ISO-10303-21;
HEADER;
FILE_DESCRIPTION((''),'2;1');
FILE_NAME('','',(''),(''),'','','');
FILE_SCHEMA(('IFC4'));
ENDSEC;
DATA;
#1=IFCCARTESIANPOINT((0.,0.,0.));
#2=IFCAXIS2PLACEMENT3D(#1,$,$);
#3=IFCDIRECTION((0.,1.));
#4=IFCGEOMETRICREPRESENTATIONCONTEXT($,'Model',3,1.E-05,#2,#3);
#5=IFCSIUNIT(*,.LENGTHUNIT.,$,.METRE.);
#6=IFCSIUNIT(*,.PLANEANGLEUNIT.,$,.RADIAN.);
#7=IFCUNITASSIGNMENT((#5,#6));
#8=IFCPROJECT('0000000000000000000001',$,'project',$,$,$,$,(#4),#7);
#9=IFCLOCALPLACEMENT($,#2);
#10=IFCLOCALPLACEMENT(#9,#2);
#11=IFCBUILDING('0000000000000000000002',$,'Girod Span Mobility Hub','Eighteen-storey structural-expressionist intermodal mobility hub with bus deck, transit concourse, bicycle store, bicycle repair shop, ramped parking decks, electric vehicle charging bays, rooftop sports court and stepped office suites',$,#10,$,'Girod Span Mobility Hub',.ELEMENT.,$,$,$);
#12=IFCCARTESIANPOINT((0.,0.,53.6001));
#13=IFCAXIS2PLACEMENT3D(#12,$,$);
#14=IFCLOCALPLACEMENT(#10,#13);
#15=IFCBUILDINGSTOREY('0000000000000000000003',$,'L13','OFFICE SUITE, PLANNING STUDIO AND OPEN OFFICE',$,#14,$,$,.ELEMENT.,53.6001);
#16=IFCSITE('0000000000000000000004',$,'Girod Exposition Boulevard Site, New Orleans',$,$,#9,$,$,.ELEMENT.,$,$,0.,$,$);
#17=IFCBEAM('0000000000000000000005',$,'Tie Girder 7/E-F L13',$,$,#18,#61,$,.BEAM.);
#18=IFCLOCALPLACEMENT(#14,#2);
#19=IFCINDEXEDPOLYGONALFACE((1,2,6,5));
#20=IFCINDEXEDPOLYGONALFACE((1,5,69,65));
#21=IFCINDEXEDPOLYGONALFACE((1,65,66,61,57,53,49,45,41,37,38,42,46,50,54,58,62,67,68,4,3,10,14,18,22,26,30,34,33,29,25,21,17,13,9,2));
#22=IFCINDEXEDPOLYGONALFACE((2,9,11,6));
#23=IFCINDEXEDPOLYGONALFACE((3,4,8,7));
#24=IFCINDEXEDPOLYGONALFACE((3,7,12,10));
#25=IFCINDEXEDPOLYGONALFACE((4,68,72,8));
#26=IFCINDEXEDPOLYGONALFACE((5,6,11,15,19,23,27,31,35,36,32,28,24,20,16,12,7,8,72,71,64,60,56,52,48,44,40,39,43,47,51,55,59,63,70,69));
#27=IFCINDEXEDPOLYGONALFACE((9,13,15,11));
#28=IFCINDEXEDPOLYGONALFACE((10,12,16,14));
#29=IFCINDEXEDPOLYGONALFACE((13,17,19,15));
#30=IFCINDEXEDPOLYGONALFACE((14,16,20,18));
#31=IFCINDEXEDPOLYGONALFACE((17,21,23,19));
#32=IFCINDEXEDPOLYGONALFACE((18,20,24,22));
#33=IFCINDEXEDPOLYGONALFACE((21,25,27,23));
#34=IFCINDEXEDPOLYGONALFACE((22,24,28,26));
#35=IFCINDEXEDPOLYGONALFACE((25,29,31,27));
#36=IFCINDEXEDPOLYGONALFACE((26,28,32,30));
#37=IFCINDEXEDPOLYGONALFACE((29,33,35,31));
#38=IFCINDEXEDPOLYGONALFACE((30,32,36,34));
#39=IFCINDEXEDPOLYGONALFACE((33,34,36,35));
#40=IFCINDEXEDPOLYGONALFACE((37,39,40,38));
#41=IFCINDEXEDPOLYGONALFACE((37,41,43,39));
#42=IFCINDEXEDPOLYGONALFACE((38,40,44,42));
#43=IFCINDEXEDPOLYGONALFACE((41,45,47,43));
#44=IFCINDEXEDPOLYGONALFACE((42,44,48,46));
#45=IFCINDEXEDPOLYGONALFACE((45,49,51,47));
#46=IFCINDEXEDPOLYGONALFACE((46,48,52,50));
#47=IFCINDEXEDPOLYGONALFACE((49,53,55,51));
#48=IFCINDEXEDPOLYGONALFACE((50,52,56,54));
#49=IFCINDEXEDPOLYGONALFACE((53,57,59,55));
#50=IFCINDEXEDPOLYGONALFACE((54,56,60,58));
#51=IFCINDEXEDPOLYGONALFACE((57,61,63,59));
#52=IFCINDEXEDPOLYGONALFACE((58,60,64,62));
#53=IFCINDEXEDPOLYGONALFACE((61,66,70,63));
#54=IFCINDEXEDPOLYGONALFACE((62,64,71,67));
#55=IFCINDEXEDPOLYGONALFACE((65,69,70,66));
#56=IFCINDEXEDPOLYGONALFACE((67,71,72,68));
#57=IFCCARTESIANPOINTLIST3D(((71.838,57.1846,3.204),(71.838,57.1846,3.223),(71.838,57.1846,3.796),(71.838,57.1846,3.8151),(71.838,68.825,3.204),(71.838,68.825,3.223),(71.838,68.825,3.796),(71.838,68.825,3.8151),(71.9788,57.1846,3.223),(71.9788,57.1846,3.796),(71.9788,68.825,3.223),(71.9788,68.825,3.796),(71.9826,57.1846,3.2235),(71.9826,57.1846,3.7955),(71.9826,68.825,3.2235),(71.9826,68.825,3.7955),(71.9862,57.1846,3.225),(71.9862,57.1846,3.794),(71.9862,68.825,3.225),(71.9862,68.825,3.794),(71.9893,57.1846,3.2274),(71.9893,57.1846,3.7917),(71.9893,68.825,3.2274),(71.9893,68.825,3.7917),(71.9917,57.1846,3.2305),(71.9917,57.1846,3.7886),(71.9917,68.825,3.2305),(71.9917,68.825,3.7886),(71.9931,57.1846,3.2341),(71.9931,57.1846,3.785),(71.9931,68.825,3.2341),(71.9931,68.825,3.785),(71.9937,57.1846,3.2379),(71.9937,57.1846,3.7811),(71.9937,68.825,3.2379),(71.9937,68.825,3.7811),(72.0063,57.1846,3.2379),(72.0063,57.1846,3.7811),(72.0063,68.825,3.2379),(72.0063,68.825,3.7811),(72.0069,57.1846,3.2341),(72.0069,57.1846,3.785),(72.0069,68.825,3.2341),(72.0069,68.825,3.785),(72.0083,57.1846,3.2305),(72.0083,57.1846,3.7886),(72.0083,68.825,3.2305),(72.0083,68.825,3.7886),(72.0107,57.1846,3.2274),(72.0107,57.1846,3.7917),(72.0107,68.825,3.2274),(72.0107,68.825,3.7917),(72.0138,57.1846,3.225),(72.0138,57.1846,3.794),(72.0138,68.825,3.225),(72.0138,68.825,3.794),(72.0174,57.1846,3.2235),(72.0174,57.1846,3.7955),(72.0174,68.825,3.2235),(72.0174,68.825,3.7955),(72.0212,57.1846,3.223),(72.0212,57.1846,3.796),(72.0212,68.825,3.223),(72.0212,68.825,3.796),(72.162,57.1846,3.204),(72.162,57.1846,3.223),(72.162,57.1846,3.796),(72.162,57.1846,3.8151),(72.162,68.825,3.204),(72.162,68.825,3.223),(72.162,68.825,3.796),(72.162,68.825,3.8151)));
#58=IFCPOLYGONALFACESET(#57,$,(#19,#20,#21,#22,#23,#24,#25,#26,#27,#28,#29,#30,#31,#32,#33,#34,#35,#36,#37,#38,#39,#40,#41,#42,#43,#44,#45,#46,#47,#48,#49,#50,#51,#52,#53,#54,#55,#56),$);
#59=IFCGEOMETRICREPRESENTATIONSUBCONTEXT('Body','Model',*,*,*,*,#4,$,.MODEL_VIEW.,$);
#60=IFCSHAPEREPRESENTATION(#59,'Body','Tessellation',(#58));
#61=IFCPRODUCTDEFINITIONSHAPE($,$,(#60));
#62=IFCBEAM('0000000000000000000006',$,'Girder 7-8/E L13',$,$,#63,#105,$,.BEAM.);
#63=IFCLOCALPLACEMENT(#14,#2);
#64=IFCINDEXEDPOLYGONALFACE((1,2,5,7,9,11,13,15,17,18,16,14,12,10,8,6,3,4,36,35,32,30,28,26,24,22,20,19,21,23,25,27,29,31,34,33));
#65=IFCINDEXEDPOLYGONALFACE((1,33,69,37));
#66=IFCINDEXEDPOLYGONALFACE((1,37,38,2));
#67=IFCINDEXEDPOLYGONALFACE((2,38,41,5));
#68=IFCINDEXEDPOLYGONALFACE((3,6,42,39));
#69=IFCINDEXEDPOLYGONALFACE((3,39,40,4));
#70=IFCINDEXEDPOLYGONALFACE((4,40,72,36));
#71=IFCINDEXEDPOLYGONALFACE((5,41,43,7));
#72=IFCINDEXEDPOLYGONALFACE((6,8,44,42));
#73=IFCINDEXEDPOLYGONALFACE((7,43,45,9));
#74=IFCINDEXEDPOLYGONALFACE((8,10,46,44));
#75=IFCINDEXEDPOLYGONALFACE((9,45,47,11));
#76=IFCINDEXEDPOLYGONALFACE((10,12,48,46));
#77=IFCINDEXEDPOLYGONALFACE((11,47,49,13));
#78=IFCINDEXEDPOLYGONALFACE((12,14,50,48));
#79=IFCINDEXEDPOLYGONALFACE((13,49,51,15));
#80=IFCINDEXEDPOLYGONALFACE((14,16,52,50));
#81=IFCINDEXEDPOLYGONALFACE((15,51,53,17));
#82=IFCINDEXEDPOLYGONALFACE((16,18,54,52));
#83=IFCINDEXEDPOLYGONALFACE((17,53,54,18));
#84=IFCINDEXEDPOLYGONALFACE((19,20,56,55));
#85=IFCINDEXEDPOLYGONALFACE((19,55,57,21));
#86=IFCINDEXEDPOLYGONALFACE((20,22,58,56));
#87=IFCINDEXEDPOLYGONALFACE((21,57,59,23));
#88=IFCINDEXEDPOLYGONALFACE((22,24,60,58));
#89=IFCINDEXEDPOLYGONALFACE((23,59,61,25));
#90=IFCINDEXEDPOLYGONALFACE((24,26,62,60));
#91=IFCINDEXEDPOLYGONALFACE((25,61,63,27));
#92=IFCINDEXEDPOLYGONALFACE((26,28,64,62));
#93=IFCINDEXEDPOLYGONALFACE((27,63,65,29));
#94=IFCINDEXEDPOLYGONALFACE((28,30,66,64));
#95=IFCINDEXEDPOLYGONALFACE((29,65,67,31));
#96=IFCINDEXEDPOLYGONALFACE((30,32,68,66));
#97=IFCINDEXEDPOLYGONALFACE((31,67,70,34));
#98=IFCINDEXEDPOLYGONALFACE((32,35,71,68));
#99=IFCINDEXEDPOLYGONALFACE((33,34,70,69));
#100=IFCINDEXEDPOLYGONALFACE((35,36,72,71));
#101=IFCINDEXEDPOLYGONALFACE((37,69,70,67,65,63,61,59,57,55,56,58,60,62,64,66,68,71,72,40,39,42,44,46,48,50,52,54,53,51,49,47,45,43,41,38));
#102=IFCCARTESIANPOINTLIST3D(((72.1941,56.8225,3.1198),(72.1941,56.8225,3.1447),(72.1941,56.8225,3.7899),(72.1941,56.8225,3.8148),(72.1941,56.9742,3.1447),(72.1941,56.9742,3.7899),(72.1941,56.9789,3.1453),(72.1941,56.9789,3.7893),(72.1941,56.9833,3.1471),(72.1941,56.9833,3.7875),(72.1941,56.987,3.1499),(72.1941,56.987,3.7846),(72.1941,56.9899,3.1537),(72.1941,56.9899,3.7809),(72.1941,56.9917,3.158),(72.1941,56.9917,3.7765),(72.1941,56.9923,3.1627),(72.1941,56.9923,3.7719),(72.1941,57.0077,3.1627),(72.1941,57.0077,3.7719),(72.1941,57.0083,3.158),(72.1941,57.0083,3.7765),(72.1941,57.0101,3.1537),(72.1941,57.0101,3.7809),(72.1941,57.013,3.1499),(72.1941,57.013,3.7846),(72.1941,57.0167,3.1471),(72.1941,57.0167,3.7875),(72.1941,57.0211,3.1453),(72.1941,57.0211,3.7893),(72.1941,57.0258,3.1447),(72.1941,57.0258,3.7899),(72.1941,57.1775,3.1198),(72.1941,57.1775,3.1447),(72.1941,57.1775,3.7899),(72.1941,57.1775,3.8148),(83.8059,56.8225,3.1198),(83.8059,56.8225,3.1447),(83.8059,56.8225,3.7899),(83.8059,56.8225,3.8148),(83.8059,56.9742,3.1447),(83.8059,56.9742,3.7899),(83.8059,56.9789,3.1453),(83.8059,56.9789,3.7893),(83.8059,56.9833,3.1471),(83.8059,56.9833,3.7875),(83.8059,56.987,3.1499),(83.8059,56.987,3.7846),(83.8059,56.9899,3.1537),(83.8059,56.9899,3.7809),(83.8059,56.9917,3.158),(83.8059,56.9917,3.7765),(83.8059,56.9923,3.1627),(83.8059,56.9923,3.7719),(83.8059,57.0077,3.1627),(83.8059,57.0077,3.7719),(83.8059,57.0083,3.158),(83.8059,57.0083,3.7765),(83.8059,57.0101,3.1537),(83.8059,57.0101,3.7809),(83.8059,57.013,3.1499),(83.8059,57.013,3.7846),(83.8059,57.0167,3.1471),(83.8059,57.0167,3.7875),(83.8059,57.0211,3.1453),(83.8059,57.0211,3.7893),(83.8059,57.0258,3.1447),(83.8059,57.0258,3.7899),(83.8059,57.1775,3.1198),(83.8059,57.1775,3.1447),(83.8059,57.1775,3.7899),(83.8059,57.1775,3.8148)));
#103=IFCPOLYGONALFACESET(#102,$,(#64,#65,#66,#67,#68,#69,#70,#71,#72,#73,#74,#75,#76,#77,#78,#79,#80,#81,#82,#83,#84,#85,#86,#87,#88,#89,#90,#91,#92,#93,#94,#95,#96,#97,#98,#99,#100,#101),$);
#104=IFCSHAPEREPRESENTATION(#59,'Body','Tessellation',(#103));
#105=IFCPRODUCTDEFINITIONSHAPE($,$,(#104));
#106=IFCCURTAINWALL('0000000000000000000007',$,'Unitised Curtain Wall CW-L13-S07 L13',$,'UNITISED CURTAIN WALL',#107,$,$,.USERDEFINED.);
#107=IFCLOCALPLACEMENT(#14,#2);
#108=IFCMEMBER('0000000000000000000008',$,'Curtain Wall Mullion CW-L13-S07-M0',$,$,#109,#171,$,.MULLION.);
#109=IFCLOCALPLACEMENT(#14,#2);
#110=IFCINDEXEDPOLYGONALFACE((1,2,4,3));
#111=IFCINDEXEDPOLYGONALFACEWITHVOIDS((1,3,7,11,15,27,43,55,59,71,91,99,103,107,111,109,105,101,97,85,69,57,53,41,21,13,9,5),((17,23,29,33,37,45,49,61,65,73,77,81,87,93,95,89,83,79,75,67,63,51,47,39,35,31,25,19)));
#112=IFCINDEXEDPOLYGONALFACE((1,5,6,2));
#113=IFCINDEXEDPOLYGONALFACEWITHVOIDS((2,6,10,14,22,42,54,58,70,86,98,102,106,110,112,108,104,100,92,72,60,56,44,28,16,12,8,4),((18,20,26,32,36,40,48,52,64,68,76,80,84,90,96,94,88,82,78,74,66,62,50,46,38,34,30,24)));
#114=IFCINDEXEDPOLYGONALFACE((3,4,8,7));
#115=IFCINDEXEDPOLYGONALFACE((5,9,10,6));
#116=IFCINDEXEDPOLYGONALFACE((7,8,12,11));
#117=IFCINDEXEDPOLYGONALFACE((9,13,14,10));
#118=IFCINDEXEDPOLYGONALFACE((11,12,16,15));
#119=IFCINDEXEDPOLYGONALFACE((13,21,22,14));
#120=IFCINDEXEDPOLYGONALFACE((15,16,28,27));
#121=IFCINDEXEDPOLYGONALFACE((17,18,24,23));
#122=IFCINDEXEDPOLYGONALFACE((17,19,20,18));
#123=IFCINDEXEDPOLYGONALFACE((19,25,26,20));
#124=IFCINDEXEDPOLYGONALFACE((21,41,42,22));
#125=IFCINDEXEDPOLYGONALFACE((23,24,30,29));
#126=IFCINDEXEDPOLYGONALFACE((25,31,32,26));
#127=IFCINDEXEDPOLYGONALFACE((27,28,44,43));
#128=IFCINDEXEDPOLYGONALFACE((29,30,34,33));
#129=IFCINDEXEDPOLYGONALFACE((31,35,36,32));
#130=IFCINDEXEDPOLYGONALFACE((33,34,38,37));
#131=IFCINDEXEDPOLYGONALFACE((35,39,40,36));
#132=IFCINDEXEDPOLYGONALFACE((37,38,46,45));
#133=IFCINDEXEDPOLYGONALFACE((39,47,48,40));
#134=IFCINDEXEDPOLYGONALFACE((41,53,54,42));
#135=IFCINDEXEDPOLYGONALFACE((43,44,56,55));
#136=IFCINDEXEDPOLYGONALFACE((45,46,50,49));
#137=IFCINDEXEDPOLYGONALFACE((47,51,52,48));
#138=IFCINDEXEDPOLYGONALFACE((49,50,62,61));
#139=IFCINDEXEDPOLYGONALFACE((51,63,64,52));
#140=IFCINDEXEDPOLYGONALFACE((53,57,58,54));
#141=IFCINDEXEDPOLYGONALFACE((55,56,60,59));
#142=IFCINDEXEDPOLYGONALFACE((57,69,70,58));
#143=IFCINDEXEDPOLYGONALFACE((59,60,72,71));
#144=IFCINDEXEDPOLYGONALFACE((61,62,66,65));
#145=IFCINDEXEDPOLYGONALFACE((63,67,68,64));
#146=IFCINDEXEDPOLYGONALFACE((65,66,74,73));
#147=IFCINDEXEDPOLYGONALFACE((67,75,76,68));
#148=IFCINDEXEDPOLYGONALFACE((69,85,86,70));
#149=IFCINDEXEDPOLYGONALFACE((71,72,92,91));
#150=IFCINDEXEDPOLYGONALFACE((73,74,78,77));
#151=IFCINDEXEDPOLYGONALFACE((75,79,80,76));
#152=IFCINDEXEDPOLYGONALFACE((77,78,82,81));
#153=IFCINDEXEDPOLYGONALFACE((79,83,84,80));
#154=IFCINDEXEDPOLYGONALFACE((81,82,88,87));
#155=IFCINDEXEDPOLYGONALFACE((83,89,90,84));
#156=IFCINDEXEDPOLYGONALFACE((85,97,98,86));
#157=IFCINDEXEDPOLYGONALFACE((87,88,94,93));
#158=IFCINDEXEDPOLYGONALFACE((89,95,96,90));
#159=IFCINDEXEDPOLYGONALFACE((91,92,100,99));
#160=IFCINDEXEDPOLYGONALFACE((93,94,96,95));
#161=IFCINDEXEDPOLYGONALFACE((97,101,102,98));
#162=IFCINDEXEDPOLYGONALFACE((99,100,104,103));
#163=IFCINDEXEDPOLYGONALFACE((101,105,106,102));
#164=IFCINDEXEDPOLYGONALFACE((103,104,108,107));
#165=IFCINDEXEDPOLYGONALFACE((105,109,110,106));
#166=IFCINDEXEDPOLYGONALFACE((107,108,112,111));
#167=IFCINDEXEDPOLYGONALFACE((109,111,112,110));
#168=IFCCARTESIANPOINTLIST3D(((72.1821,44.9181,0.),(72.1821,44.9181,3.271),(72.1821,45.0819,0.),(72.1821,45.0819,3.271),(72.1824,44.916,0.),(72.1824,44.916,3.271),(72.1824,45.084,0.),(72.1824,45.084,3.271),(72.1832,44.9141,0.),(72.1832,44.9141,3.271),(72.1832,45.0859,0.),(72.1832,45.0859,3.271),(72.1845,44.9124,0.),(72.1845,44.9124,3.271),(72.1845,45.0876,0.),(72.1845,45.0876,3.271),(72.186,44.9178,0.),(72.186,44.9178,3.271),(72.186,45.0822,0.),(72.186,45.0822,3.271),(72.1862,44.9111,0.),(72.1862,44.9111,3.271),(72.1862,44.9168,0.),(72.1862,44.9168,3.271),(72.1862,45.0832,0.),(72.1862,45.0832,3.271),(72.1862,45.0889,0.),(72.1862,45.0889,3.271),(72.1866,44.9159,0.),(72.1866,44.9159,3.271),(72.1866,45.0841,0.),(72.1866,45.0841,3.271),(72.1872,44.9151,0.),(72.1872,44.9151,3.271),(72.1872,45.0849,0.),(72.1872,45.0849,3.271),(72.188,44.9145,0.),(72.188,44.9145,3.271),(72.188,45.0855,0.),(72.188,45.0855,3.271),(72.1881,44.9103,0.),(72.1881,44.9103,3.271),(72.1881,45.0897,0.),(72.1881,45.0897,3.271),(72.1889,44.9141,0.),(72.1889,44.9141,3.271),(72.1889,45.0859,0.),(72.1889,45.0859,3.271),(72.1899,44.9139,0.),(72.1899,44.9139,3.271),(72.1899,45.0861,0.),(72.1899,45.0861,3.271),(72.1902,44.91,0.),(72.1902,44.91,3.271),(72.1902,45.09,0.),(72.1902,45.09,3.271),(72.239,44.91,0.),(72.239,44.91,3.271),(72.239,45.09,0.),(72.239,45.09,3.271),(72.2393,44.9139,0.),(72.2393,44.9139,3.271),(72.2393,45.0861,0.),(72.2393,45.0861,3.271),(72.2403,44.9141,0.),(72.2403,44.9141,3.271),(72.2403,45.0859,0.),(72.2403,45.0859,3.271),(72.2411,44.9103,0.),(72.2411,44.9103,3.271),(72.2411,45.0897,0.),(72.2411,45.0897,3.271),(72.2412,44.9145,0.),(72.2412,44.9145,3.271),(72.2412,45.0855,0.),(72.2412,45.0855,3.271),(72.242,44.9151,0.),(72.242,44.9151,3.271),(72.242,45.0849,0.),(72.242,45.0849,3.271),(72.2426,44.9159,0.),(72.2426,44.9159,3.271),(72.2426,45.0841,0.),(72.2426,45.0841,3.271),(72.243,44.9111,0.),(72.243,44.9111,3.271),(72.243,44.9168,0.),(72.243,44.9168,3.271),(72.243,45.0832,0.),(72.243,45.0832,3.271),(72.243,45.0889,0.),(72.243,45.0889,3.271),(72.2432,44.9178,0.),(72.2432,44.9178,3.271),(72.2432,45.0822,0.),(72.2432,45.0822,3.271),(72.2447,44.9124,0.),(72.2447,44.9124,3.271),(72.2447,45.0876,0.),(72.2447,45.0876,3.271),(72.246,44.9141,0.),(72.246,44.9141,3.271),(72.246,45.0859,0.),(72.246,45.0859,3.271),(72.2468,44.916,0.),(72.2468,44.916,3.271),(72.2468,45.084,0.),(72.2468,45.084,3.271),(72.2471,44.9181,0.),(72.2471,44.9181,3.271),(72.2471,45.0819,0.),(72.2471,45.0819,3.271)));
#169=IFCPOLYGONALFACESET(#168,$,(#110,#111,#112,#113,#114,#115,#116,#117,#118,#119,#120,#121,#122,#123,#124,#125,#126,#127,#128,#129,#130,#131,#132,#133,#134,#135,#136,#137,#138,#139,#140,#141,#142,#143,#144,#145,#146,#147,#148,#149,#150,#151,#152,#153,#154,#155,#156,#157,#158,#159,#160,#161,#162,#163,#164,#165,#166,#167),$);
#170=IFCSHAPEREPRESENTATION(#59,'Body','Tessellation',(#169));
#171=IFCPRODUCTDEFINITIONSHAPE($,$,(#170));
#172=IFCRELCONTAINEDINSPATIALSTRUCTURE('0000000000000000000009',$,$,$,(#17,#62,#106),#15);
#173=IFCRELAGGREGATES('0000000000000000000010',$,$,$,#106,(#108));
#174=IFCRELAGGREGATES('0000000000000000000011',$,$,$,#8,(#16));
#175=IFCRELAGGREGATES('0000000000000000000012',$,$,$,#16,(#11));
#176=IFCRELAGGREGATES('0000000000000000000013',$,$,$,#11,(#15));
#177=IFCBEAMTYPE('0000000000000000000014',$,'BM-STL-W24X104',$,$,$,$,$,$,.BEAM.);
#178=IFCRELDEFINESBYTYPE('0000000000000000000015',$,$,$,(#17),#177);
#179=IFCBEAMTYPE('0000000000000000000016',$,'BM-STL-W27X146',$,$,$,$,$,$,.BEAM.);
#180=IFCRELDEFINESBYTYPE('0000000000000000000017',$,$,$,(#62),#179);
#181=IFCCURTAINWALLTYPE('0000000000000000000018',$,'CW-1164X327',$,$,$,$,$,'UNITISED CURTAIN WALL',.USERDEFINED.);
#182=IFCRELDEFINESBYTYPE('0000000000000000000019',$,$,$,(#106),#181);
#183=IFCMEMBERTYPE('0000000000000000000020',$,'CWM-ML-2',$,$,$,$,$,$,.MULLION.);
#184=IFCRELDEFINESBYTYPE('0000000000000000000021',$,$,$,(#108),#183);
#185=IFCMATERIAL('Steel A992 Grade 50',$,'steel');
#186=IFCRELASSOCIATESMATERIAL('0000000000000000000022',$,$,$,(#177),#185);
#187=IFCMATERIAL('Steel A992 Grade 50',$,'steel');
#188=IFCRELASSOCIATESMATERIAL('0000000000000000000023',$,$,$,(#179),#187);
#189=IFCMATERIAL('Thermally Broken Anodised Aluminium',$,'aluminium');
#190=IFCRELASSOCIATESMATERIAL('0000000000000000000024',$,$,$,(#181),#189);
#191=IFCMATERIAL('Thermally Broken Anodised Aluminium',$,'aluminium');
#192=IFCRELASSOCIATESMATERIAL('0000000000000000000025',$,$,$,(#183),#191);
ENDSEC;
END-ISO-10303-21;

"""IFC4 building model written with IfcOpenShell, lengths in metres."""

from ifc_helpers import new_model, si_unit, direction, frame, origin, origin_2d, place, context, subcontext, project, spatial, hollow_rectangle, i_section, extrude, material, material_profile, profile_set, type_object, element, aggregate, save


model = new_model("IFC4")

# Units and contexts
model_context = context("Model", 3, precision=1e-05, world=origin(), true_north=direction((0.0, 1.0)))
body_context = subcontext(model_context, "Body", "Model", "MODEL_VIEW")
ifc_project = project(units=[si_unit("LENGTHUNIT", "METRE"), si_unit("PLANEANGLEUNIT", "RADIAN")], contexts=[model_context])

# Site, building, storey
site_placement = place(None, origin())
site = spatial("IfcSite", under=ifc_project, at=site_placement, Name="Girod Exposition Boulevard Site, New Orleans", CompositionType="ELEMENT", RefElevation=0.0)
building_placement = place(site_placement, origin())
building = spatial("IfcBuilding", under=site, at=building_placement, Name="Girod Span Mobility Hub", Description="Eighteen-storey structural-expressionist intermodal mobility hub with bus deck, transit concourse, bicycle store, bicycle repair shop, ramped parking decks, electric vehicle charging bays, rooftop sports court and stepped office suites", LongName="Girod Span Mobility Hub", CompositionType="ELEMENT")
storey_placement = place(building_placement, frame((0.0, 0.0, 53.6001)))
storey = spatial("IfcBuildingStorey", under=building, at=storey_placement, Name="L13", Description="OFFICE SUITE, PLANNING STUDIO AND OPEN OFFICE", CompositionType="ELEMENT", Elevation=53.6001)

# Beams
ifc_material_1 = material(Name="Steel A992 Grade 50", Category="steel")
ifc_material_profile_1 = material_profile(ifc_material_1, i_section(OverallWidth=0.324, OverallDepth=0.6111, WebThickness=0.0127, FlangeThickness=0.019, FilletRadius=0.0149, at=origin_2d()), Name="W24X104")
ifc_profile_set_1 = profile_set([ifc_material_profile_1], Name="Steel A992 Grade 50")
beam_type_1 = type_object("IfcBeamType", Name="BM-STL-W24X104", PredefinedType="BEAM", material=ifc_profile_set_1)
for number, where, z_axis, x_axis, name in (
    (1, (72.0, 57.1846, 3.5095), (0.0, 1.0, 0.0), (-1.0, 0.0, 0.0), "Tie Girder 7/E-F L13"),
):
    element("IfcBeam", number, at=place(storey_placement, frame(where, z_axis=z_axis, x_axis=x_axis)), inside=storey, type_object=beam_type_1, Name=name, PredefinedType="BEAM", context=body_context, shape_type="SweptSolid", body=[
        extrude(i_section(OverallWidth=0.324, OverallDepth=0.6111, WebThickness=0.0127, FlangeThickness=0.019, FilletRadius=0.0149, at=origin_2d()), origin(), (0.0, 0.0, 1.0), 11.6404),
    ])
ifc_material_2 = material(Name="Steel A992 Grade 50", Category="steel")
ifc_material_profile_2 = material_profile(ifc_material_2, i_section(OverallWidth=0.355, OverallDepth=0.6951, WebThickness=0.0154, FlangeThickness=0.0249, FilletRadius=0.0181, at=origin_2d()), Name="W27X146")
ifc_profile_set_2 = profile_set([ifc_material_profile_2], Name="Steel A992 Grade 50")
beam_type_2 = type_object("IfcBeamType", Name="BM-STL-W27X146", PredefinedType="BEAM", material=ifc_profile_set_2)
beam_1_placement = place(storey_placement, frame((72.1941, 57.0, 3.4673), z_axis=(1.0, 0.0, 0.0), x_axis=(0.0, 1.0, 0.0)))
element("IfcBeam", 2, at=beam_1_placement, inside=storey, type_object=beam_type_2, Name="Girder 7-8/E L13", PredefinedType="BEAM", context=body_context, shape_type="SweptSolid", body=[
    extrude(i_section(OverallWidth=0.355, OverallDepth=0.6951, WebThickness=0.0154, FlangeThickness=0.0249, FilletRadius=0.0181, at=origin_2d()), origin(), (0.0, 0.0, 1.0), 11.6118),
])

# Curtain wall, member
ifc_material_3 = material(Name="Thermally Broken Anodised Aluminium", Category="aluminium")
curtain_wall_type = type_object("IfcCurtainWallType", Name="CW-1164X327", ElementType="UNITISED CURTAIN WALL", PredefinedType="USERDEFINED", material=ifc_material_3)
curtain_wall_placement = place(storey_placement, origin())
curtain_wall = element("IfcCurtainWall", 3, at=curtain_wall_placement, inside=storey, type_object=curtain_wall_type, Name="Unitised Curtain Wall CW-L13-S07 L13", ObjectType="UNITISED CURTAIN WALL", PredefinedType="USERDEFINED")
ifc_material_4 = material(Name="Thermally Broken Anodised Aluminium", Category="aluminium")
ifc_material_profile_3 = material_profile(ifc_material_4, hollow_rectangle(XDim=0.1799, YDim=0.0649, WallThickness=0.0039, InnerFilletRadius=0.0039, OuterFilletRadius=0.0081, at=origin_2d()), Name="CW-ML-65X180")
ifc_profile_set_3 = profile_set([ifc_material_profile_3], Name="Thermally Broken Anodised Aluminium")
member_type_1 = type_object("IfcMemberType", Name="CWM-ML-2", PredefinedType="MULLION", material=ifc_profile_set_3)
member_1_placement = place(storey_placement, frame((72.2146, 45.0, 0.0), z_axis=(0.0, 0.0, 1.0), x_axis=(0.0, 1.0, 0.0)))
member_1 = element("IfcMember", 4, at=member_1_placement, type_object=member_type_1, Name="Curtain Wall Mullion CW-L13-S07-M0", PredefinedType="MULLION", context=body_context, shape_type="SweptSolid", body=[
    extrude(hollow_rectangle(XDim=0.1799, YDim=0.0649, WallThickness=0.0039, InnerFilletRadius=0.0039, OuterFilletRadius=0.0081, at=origin_2d()), origin(), (0.0, 0.0, 1.0), 3.271),
])

aggregate(curtain_wall, [member_1])

save(model, "model.ifc")
